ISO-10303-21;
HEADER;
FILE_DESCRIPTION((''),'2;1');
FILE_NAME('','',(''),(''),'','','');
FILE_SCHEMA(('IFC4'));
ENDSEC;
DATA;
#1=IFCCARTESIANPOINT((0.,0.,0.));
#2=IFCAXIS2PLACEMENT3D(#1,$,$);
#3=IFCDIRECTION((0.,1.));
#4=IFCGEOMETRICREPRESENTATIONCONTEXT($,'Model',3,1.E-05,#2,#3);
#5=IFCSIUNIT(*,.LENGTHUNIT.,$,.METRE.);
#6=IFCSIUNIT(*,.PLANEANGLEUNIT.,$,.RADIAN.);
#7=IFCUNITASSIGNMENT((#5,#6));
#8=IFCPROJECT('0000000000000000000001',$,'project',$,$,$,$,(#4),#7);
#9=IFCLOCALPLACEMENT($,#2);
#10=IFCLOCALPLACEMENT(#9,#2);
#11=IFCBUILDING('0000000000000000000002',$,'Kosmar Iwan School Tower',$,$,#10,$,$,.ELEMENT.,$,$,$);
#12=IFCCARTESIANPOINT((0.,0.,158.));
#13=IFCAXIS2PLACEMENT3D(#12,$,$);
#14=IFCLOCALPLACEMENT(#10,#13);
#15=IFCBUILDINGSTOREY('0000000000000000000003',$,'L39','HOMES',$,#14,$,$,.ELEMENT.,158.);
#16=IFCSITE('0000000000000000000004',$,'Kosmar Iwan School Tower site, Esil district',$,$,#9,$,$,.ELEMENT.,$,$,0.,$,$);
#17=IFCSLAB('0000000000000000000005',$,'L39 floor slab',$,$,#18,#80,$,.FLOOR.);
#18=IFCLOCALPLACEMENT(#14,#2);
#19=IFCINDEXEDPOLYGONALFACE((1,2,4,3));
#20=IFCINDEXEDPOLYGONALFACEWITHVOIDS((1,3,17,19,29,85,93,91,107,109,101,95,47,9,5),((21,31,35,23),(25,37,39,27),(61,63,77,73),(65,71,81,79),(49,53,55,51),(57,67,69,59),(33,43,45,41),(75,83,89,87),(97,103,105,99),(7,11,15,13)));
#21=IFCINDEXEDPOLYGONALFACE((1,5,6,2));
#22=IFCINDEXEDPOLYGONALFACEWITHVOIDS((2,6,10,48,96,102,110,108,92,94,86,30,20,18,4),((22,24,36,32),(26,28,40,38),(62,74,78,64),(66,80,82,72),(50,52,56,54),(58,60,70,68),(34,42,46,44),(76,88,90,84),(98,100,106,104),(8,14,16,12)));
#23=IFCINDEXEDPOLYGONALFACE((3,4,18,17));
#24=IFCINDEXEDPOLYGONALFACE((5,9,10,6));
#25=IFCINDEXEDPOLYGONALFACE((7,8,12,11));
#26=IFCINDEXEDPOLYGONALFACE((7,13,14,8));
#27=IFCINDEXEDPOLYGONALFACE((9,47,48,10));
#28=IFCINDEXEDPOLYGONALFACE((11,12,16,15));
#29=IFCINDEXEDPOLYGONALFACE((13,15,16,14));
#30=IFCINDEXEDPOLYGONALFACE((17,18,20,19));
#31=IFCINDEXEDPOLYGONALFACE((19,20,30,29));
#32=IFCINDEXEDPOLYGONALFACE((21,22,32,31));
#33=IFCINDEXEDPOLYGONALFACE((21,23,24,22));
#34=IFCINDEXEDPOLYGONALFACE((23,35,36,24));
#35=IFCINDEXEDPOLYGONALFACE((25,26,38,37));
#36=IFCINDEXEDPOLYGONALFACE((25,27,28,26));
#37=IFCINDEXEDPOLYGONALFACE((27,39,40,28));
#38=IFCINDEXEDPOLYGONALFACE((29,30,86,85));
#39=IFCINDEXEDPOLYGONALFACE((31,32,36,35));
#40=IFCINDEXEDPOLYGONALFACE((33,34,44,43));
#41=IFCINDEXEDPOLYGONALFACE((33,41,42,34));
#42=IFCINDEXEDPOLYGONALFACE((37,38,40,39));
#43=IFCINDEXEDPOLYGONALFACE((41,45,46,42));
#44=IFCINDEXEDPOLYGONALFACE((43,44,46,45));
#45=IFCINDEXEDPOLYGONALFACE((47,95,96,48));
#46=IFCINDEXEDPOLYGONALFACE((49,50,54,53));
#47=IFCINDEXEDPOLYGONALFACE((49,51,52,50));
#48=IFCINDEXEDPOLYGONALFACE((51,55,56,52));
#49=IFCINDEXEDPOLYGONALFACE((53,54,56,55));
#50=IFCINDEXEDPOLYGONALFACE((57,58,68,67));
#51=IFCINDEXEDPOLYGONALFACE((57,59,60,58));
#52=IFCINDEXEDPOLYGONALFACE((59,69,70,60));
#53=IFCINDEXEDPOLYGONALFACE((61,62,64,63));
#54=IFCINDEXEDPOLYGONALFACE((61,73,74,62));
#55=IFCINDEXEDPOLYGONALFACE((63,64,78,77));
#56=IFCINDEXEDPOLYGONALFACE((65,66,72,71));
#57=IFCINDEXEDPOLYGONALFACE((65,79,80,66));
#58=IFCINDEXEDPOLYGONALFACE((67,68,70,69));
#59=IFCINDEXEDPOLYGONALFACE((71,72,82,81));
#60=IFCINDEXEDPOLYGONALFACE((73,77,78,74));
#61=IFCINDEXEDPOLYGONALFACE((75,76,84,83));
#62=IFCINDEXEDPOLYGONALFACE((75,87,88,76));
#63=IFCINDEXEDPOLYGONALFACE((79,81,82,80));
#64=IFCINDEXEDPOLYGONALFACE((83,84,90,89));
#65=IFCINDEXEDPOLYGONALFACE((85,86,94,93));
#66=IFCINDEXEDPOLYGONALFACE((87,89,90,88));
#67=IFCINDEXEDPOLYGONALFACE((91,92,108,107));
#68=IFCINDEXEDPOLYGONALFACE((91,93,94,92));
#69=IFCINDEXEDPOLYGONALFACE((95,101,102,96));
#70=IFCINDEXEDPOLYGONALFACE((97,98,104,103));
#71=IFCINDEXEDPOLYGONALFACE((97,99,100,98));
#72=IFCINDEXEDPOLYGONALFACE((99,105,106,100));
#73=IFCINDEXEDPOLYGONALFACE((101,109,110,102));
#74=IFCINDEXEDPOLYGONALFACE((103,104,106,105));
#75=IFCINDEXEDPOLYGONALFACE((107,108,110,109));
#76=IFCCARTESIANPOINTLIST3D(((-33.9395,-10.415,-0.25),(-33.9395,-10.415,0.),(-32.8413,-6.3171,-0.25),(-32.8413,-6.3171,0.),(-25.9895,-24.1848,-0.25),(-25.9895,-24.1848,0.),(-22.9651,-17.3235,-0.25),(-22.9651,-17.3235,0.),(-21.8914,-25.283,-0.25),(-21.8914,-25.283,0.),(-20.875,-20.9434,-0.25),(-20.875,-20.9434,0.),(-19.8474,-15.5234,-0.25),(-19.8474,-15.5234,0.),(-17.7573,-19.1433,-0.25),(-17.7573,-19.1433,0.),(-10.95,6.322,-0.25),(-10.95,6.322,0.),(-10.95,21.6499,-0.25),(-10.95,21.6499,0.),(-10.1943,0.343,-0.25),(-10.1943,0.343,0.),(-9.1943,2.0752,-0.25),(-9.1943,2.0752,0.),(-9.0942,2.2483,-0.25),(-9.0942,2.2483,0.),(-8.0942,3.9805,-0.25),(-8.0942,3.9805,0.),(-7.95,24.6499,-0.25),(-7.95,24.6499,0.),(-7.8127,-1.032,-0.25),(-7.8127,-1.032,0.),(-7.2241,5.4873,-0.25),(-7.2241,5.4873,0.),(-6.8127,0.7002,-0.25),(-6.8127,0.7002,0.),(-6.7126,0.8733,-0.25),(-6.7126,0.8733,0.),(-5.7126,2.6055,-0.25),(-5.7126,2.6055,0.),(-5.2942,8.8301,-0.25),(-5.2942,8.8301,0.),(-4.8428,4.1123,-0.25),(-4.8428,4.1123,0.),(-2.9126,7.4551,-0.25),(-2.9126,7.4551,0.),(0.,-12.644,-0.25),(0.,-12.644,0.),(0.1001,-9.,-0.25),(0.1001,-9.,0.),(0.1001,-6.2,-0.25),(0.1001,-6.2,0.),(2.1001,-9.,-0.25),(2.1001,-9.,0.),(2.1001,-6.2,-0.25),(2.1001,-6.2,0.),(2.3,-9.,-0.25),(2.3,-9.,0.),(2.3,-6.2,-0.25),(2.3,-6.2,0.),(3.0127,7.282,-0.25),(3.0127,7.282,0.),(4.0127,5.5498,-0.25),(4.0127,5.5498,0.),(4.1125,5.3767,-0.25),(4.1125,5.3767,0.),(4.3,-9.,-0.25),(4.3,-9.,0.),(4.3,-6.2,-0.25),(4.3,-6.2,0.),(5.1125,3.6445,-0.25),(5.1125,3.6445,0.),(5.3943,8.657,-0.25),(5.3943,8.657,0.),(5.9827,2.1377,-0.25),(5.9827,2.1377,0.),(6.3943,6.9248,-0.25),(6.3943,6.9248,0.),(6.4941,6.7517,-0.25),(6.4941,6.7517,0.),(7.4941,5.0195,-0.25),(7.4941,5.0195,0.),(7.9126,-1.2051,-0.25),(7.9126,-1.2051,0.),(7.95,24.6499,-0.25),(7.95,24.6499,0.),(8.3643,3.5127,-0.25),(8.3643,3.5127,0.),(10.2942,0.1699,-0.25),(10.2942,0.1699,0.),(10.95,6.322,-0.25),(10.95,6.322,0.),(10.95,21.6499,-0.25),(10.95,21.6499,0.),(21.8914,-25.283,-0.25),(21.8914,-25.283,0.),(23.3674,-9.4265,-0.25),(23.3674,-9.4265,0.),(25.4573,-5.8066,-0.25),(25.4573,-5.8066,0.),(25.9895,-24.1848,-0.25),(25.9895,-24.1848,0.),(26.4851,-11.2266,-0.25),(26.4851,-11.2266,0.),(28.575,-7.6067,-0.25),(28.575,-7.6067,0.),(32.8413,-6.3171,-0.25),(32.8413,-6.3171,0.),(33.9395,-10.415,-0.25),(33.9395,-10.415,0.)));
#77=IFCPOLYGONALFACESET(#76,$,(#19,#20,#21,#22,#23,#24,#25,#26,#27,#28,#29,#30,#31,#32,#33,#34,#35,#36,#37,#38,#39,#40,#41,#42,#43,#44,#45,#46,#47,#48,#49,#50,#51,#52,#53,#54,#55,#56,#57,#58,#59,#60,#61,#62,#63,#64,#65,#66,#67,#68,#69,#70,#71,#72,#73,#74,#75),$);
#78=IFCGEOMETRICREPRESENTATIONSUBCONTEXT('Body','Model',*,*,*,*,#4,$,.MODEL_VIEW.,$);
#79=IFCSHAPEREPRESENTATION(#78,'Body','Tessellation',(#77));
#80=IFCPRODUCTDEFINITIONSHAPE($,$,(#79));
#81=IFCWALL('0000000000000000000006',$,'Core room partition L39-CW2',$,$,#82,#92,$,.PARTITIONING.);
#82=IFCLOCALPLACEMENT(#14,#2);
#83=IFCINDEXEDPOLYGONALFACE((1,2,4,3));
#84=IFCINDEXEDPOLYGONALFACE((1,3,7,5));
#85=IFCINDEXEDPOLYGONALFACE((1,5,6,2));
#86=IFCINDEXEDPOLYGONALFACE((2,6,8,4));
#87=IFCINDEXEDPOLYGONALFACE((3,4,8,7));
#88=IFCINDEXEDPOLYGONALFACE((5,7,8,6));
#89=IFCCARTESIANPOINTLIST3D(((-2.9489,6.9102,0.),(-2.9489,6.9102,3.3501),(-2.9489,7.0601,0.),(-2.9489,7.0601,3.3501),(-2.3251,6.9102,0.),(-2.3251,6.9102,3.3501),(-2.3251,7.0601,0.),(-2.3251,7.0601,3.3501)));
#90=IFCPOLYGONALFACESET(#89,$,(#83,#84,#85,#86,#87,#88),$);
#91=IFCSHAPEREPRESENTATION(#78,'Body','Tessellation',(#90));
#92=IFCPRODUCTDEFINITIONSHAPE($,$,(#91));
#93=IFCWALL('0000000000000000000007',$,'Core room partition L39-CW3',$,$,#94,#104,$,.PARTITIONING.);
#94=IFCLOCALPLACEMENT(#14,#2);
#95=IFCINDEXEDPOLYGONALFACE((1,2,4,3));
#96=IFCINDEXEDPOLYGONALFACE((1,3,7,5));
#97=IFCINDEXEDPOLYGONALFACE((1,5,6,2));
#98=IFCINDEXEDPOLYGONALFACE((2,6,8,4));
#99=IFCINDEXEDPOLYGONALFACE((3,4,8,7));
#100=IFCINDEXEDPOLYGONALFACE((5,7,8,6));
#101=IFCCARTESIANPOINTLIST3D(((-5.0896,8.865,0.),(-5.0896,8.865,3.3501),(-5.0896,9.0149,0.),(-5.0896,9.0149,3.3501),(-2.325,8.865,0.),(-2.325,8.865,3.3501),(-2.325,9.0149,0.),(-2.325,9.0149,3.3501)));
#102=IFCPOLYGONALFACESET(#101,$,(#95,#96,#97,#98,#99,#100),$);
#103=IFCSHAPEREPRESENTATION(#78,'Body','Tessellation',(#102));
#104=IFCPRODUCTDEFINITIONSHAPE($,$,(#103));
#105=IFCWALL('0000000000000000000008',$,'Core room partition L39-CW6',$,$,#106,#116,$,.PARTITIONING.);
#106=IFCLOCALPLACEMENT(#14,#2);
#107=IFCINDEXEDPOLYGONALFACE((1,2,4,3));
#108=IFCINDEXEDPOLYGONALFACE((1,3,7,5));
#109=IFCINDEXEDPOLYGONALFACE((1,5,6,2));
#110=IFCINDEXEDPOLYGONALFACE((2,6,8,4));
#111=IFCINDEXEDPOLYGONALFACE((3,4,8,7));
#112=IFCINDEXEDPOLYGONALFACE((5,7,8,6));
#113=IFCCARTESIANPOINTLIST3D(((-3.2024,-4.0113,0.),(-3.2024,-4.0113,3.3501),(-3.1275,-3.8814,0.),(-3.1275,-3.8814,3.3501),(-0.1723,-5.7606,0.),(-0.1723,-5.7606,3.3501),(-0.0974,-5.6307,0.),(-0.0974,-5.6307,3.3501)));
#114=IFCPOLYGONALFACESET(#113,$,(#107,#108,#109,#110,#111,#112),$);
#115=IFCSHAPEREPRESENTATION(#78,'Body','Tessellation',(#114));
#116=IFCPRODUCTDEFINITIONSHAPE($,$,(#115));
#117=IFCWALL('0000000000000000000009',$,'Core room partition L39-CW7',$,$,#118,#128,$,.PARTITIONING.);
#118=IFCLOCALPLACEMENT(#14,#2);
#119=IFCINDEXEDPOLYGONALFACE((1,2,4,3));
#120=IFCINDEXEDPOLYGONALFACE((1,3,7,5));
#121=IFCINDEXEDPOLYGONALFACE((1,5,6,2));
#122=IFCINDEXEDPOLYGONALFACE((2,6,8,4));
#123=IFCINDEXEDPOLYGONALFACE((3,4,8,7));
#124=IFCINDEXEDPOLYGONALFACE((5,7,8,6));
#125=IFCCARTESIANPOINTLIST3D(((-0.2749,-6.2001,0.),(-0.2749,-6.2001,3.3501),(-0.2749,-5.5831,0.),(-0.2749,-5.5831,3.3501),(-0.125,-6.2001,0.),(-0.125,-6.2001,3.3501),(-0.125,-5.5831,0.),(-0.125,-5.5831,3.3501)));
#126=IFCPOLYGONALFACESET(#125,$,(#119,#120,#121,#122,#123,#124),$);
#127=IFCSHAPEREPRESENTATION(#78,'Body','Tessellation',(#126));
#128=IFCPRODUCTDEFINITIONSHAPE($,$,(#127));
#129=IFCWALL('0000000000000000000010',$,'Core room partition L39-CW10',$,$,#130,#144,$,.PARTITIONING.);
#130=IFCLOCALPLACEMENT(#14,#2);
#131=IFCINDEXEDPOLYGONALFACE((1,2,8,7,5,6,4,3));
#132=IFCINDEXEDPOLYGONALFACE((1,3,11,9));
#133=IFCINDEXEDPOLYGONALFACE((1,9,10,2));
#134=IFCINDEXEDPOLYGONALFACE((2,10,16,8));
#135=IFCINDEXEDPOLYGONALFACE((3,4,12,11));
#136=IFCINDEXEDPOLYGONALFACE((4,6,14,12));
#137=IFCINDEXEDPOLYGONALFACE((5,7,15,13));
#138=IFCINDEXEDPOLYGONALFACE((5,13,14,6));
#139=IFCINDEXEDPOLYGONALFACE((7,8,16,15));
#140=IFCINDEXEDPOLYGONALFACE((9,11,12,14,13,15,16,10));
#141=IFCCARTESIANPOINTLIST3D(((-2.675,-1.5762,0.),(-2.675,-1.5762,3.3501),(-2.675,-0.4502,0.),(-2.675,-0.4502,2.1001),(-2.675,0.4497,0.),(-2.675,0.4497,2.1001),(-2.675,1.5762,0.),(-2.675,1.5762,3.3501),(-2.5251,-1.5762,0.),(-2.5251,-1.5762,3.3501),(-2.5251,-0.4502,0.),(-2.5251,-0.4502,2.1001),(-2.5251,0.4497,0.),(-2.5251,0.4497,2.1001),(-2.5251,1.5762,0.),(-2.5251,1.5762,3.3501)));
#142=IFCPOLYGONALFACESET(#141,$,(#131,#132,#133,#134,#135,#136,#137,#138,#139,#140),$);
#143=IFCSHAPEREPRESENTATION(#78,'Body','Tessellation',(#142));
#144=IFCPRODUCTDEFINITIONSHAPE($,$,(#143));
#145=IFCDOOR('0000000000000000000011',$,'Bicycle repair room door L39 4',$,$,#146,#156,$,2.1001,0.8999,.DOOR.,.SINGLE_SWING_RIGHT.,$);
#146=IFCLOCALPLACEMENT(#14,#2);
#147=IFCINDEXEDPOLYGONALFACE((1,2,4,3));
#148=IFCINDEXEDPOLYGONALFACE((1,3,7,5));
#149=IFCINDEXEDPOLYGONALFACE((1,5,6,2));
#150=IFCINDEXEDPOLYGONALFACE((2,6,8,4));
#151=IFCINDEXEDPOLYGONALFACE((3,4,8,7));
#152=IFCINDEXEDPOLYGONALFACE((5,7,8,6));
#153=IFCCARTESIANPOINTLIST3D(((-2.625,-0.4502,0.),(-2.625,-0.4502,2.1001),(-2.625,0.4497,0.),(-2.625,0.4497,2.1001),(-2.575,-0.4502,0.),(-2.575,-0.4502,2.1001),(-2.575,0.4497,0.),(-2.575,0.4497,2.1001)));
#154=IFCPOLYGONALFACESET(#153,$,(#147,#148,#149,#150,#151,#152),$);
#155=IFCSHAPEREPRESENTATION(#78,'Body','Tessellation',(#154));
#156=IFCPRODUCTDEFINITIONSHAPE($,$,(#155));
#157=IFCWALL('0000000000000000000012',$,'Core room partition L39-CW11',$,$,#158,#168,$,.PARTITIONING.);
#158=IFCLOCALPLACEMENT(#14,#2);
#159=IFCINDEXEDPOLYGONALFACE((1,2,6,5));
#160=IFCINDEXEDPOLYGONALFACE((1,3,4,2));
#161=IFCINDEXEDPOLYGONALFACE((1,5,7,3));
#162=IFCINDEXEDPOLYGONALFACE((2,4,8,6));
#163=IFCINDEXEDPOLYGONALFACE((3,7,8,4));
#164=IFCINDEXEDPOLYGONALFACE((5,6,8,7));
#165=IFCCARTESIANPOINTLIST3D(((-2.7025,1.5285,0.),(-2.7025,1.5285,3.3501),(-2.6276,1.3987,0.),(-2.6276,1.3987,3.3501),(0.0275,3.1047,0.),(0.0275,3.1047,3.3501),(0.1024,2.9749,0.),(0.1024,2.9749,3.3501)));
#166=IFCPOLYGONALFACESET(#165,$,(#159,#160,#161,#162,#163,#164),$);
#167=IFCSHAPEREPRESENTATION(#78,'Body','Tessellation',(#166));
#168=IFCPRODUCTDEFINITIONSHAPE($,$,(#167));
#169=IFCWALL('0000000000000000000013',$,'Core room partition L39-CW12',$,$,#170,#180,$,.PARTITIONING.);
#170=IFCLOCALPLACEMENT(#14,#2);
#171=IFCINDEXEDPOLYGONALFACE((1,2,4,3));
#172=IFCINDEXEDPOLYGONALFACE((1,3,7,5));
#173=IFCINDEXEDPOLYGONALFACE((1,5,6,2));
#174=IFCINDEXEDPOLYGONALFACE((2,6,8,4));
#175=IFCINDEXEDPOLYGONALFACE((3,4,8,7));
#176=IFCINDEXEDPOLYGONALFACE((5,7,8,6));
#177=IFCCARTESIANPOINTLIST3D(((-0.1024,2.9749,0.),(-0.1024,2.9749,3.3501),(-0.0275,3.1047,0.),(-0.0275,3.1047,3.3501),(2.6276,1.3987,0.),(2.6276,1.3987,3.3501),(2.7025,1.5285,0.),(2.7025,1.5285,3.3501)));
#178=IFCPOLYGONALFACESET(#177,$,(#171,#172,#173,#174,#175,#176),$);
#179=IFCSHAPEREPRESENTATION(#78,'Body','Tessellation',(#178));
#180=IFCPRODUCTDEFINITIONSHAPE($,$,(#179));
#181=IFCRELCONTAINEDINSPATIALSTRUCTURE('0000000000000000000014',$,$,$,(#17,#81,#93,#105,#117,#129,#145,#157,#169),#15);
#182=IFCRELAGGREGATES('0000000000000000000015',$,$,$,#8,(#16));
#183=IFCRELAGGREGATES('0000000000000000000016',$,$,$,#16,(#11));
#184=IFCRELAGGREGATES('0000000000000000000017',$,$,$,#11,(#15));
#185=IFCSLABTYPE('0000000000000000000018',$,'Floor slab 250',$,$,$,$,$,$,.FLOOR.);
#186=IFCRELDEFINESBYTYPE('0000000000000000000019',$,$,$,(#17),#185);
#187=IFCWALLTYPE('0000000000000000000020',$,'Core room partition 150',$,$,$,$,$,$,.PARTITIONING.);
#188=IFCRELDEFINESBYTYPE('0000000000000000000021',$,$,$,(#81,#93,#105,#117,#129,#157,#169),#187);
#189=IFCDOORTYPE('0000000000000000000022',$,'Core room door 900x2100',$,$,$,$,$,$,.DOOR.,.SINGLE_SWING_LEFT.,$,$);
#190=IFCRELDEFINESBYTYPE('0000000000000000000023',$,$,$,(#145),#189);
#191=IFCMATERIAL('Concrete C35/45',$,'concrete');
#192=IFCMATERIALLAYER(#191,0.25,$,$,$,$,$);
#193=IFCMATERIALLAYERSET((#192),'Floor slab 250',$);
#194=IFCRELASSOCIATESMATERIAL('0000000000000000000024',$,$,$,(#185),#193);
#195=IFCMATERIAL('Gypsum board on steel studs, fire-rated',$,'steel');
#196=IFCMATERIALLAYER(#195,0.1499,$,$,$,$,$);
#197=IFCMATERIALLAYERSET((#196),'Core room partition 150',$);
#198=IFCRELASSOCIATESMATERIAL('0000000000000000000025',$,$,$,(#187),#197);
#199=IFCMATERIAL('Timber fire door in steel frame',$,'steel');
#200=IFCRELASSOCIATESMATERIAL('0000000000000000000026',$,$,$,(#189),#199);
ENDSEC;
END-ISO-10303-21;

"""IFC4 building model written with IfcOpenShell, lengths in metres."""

from ifc_helpers import new_model, si_unit, direction, frame, frame_2d, origin, place, context, subcontext, project, spatial, polyline, rectangle, outline, extrude, material, layer, layer_set, type_object, element, fill, save


model = new_model("IFC4")

# Units and contexts
model_context = context("Model", 3, precision=1e-05, world=origin(), true_north=direction((0.0, 1.0)))
body_context = subcontext(model_context, "Body", "Model", "MODEL_VIEW")
ifc_project = project(units=[si_unit("LENGTHUNIT", "METRE"), si_unit("PLANEANGLEUNIT", "RADIAN")], contexts=[model_context])

# Site, building, storey
site_placement = place(None, origin())
site = spatial("IfcSite", under=ifc_project, at=site_placement, Name="Kosmar Iwan School Tower site, Esil district", CompositionType="ELEMENT", RefElevation=0.0)
building_placement = place(site_placement, origin())
building = spatial("IfcBuilding", under=site, at=building_placement, Name="Kosmar Iwan School Tower", CompositionType="ELEMENT")
storey_placement = place(building_placement, frame((0.0, 0.0, 158.0)))
storey = spatial("IfcBuildingStorey", under=building, at=storey_placement, Name="L39", Description="HOMES", CompositionType="ELEMENT", Elevation=158.0)

# Slab
ifc_material_1 = material(Name="Concrete C35/45", Category="concrete")
ifc_layer_1 = layer(ifc_material_1, 0.25)
ifc_layer_set_1 = layer_set([ifc_layer_1], Name="Floor slab 250")
slab_type = type_object("IfcSlabType", Name="Floor slab 250", PredefinedType="FLOOR", material=ifc_layer_set_1)
slab_placement = place(storey_placement, frame((0.0, 0.0, -0.25)))
element("IfcSlab", 1, at=slab_placement, inside=storey, type_object=slab_type, Name="L39 floor slab", PredefinedType="FLOOR", context=body_context, shape_type="SweptSolid", body=[
    extrude(outline(polyline([(-21.8914, -25.283), (0.0, -12.644), (21.8914, -25.283), (25.9895, -24.1848), (33.9395, -10.415), (32.8413, -6.3171), (10.95, 6.322), (10.95, 21.6499), (7.95, 24.6499), (-7.95, 24.6499), (-10.95, 21.6499), (-10.95, 6.322), (-32.8413, -6.3171), (-33.9395, -10.415), (-25.9895, -24.1848), (-21.8914, -25.283)]), holes=[polyline([(7.9126, -1.2051), (10.2942, 0.1699), (8.3643, 3.5127), (5.9827, 2.1377), (7.9126, -1.2051)]), polyline([(-2.9126, 7.4551), (-5.2942, 8.8301), (-7.2241, 5.4873), (-4.8428, 4.1123), (-2.9126, 7.4551)]), polyline([(-5.7126, 2.6055), (-8.0942, 3.9805), (-9.0942, 2.2483), (-6.7126, 0.8733), (-5.7126, 2.6055)]), polyline([(-6.8127, 0.7002), (-9.1943, 2.0752), (-10.1943, 0.343), (-7.8127, -1.032), (-6.8127, 0.7002)]), polyline([(5.1125, 3.6445), (7.4941, 5.0195), (6.4941, 6.7517), (4.1125, 5.3767), (5.1125, 3.6445)]), polyline([(4.0127, 5.5498), (6.3943, 6.9248), (5.3943, 8.657), (3.0127, 7.282), (4.0127, 5.5498)]), polyline([(0.1001, -6.2), (0.1001, -9.0), (2.1001, -9.0), (2.1001, -6.2), (0.1001, -6.2)]), polyline([(2.3, -6.2), (2.3, -9.0), (4.3, -9.0), (4.3, -6.2), (2.3, -6.2)]), polyline([(-19.8474, -15.5234), (-22.9651, -17.3235), (-20.875, -20.9434), (-17.7573, -19.1433), (-19.8474, -15.5234)]), polyline([(23.3674, -9.4265), (26.4851, -11.2266), (28.575, -7.6067), (25.4573, -5.8066), (23.3674, -9.4265)])]), origin(), (0.0, 0.0, 1.0), 0.25),
])

# Walls
ifc_material_2 = material(Name="Gypsum board on steel studs, fire-rated", Category="steel")
ifc_layer_2 = layer(ifc_material_2, 0.1499)
ifc_layer_set_2 = layer_set([ifc_layer_2], Name="Core room partition 150")
wall_type_1 = type_object("IfcWallType", Name="Core room partition 150", PredefinedType="PARTITIONING", material=ifc_layer_set_2)
wall_1_placement = place(storey_placement, frame((-2.325, 6.9851, 0.0), z_axis=(0.0, 0.0, 1.0), x_axis=(-1.0, 0.0, 0.0)))
element("IfcWall", 2, at=wall_1_placement, inside=storey, type_object=wall_type_1, Name="Core room partition L39-CW2", PredefinedType="PARTITIONING", context=body_context, shape_type="SweptSolid", body=[
    extrude(rectangle(XDim=0.6238, YDim=0.1499, at=frame_2d((0.312, 0.0))), origin(), (0.0, 0.0, 1.0), 3.3501),
])
wall_2_placement = place(storey_placement, frame((-5.0896, 8.9399, 0.0), z_axis=(0.0, 0.0, 1.0), x_axis=(1.0, 0.0, 0.0)))
element("IfcWall", 3, at=wall_2_placement, inside=storey, type_object=wall_type_1, Name="Core room partition L39-CW3", PredefinedType="PARTITIONING", context=body_context, shape_type="SweptSolid", body=[
    extrude(rectangle(XDim=2.7646, YDim=0.1499, at=frame_2d((1.3823, 0.0))), origin(), (0.0, 0.0, 1.0), 3.3501),
])
wall_3_placement = place(storey_placement, frame((-3.165, -3.9463, 0.0), z_axis=(0.0, 0.0, 1.0), x_axis=(0.86604, -0.499974, 0.0)))
element("IfcWall", 4, at=wall_3_placement, inside=storey, type_object=wall_type_1, Name="Core room partition L39-CW6", PredefinedType="PARTITIONING", context=body_context, shape_type="SweptSolid", body=[
    extrude(rectangle(XDim=3.4988, YDim=0.1499, at=frame_2d((1.7495, 0.0))), origin(), (0.0, 0.0, 1.0), 3.3501),
])
wall_4_placement = place(storey_placement, frame((-0.2, -5.583, 0.0), z_axis=(0.0, 0.0, 1.0), x_axis=(0.0, -1.0, 0.0)))
element("IfcWall", 5, at=wall_4_placement, inside=storey, type_object=wall_type_1, Name="Core room partition L39-CW7", PredefinedType="PARTITIONING", context=body_context, shape_type="SweptSolid", body=[
    extrude(rectangle(XDim=0.6169, YDim=0.1499, at=frame_2d((0.3086, 0.0))), origin(), (0.0, 0.0, 1.0), 3.3501),
])

# Wall, opening, door
wall_5_placement = place(storey_placement, frame((-2.6001, -1.5762, 0.0), z_axis=(0.0, 0.0, 1.0), x_axis=(0.0, 1.0, 0.0)))
wall_5 = element("IfcWall", 6, at=wall_5_placement, inside=storey, type_object=wall_type_1, Name="Core room partition L39-CW10", PredefinedType="PARTITIONING", context=body_context, shape_type="SweptSolid", body=[
    extrude(rectangle(XDim=3.1523, YDim=0.1499, at=frame_2d((1.5762, 0.0))), origin(), (0.0, 0.0, 1.0), 3.3501),
])
opening_1_placement = place(wall_5_placement, frame((1.126, 0.0, 0.0)))
opening_1 = element("IfcOpeningElement", 7, at=opening_1_placement, cuts=wall_5, PredefinedType="OPENING", context=body_context, shape_type="SweptSolid", body=[
    extrude(rectangle(XDim=0.8999, YDim=2.1001, at=frame_2d((0.45, 1.05))), frame((0.0, 0.0869, 0.0), z_axis=(0.0, -1.0, 0.0), x_axis=(1.0, 0.0, 0.0)), (0.0, 0.0, 1.0), 0.1738),
])
ifc_material_3 = material(Name="Timber fire door in steel frame", Category="steel")
door_type_1 = type_object("IfcDoorType", Name="Core room door 900x2100", OperationType="SINGLE_SWING_LEFT", PredefinedType="DOOR", material=ifc_material_3)
door_1_placement = place(opening_1_placement, origin())
door_1 = element("IfcDoor", 8, at=door_1_placement, inside=storey, type_object=door_type_1, Name="Bicycle repair room door L39 4", OperationType="SINGLE_SWING_RIGHT", OverallHeight=2.1001, OverallWidth=0.8999, PredefinedType="DOOR", context=body_context, shape_type="SweptSolid", body=[
    extrude(rectangle(XDim=0.8999, YDim=2.1001, at=frame_2d((0.45, 1.05))), frame((0.0, 0.0249, 0.0), z_axis=(0.0, -1.0, 0.0), x_axis=(1.0, 0.0, 0.0)), (0.0, 0.0, 1.0), 0.05),
])
fill(opening_1, door_1)

# Walls
for number, where, z_axis, x_axis, name in (
    (9, (-2.665, 1.4636, 0.0), (0.0, 0.0, 1.0), (0.866023, 0.500004, 0.0), "Core room partition L39-CW11"),
    (10, (-0.0649, 3.0398, 0.0), (0.0, 0.0, 1.0), (0.866023, -0.500004, 0.0), "Core room partition L39-CW12"),
):
    element("IfcWall", number, at=place(storey_placement, frame(where, z_axis=z_axis, x_axis=x_axis)), inside=storey, type_object=wall_type_1, Name=name, PredefinedType="PARTITIONING", context=body_context, shape_type="SweptSolid", body=[
        extrude(rectangle(XDim=3.1523, YDim=0.1499, at=frame_2d((1.5762, 0.0))), origin(), (0.0, 0.0, 1.0), 3.3501),
    ])

save(model, "model.ifc")
